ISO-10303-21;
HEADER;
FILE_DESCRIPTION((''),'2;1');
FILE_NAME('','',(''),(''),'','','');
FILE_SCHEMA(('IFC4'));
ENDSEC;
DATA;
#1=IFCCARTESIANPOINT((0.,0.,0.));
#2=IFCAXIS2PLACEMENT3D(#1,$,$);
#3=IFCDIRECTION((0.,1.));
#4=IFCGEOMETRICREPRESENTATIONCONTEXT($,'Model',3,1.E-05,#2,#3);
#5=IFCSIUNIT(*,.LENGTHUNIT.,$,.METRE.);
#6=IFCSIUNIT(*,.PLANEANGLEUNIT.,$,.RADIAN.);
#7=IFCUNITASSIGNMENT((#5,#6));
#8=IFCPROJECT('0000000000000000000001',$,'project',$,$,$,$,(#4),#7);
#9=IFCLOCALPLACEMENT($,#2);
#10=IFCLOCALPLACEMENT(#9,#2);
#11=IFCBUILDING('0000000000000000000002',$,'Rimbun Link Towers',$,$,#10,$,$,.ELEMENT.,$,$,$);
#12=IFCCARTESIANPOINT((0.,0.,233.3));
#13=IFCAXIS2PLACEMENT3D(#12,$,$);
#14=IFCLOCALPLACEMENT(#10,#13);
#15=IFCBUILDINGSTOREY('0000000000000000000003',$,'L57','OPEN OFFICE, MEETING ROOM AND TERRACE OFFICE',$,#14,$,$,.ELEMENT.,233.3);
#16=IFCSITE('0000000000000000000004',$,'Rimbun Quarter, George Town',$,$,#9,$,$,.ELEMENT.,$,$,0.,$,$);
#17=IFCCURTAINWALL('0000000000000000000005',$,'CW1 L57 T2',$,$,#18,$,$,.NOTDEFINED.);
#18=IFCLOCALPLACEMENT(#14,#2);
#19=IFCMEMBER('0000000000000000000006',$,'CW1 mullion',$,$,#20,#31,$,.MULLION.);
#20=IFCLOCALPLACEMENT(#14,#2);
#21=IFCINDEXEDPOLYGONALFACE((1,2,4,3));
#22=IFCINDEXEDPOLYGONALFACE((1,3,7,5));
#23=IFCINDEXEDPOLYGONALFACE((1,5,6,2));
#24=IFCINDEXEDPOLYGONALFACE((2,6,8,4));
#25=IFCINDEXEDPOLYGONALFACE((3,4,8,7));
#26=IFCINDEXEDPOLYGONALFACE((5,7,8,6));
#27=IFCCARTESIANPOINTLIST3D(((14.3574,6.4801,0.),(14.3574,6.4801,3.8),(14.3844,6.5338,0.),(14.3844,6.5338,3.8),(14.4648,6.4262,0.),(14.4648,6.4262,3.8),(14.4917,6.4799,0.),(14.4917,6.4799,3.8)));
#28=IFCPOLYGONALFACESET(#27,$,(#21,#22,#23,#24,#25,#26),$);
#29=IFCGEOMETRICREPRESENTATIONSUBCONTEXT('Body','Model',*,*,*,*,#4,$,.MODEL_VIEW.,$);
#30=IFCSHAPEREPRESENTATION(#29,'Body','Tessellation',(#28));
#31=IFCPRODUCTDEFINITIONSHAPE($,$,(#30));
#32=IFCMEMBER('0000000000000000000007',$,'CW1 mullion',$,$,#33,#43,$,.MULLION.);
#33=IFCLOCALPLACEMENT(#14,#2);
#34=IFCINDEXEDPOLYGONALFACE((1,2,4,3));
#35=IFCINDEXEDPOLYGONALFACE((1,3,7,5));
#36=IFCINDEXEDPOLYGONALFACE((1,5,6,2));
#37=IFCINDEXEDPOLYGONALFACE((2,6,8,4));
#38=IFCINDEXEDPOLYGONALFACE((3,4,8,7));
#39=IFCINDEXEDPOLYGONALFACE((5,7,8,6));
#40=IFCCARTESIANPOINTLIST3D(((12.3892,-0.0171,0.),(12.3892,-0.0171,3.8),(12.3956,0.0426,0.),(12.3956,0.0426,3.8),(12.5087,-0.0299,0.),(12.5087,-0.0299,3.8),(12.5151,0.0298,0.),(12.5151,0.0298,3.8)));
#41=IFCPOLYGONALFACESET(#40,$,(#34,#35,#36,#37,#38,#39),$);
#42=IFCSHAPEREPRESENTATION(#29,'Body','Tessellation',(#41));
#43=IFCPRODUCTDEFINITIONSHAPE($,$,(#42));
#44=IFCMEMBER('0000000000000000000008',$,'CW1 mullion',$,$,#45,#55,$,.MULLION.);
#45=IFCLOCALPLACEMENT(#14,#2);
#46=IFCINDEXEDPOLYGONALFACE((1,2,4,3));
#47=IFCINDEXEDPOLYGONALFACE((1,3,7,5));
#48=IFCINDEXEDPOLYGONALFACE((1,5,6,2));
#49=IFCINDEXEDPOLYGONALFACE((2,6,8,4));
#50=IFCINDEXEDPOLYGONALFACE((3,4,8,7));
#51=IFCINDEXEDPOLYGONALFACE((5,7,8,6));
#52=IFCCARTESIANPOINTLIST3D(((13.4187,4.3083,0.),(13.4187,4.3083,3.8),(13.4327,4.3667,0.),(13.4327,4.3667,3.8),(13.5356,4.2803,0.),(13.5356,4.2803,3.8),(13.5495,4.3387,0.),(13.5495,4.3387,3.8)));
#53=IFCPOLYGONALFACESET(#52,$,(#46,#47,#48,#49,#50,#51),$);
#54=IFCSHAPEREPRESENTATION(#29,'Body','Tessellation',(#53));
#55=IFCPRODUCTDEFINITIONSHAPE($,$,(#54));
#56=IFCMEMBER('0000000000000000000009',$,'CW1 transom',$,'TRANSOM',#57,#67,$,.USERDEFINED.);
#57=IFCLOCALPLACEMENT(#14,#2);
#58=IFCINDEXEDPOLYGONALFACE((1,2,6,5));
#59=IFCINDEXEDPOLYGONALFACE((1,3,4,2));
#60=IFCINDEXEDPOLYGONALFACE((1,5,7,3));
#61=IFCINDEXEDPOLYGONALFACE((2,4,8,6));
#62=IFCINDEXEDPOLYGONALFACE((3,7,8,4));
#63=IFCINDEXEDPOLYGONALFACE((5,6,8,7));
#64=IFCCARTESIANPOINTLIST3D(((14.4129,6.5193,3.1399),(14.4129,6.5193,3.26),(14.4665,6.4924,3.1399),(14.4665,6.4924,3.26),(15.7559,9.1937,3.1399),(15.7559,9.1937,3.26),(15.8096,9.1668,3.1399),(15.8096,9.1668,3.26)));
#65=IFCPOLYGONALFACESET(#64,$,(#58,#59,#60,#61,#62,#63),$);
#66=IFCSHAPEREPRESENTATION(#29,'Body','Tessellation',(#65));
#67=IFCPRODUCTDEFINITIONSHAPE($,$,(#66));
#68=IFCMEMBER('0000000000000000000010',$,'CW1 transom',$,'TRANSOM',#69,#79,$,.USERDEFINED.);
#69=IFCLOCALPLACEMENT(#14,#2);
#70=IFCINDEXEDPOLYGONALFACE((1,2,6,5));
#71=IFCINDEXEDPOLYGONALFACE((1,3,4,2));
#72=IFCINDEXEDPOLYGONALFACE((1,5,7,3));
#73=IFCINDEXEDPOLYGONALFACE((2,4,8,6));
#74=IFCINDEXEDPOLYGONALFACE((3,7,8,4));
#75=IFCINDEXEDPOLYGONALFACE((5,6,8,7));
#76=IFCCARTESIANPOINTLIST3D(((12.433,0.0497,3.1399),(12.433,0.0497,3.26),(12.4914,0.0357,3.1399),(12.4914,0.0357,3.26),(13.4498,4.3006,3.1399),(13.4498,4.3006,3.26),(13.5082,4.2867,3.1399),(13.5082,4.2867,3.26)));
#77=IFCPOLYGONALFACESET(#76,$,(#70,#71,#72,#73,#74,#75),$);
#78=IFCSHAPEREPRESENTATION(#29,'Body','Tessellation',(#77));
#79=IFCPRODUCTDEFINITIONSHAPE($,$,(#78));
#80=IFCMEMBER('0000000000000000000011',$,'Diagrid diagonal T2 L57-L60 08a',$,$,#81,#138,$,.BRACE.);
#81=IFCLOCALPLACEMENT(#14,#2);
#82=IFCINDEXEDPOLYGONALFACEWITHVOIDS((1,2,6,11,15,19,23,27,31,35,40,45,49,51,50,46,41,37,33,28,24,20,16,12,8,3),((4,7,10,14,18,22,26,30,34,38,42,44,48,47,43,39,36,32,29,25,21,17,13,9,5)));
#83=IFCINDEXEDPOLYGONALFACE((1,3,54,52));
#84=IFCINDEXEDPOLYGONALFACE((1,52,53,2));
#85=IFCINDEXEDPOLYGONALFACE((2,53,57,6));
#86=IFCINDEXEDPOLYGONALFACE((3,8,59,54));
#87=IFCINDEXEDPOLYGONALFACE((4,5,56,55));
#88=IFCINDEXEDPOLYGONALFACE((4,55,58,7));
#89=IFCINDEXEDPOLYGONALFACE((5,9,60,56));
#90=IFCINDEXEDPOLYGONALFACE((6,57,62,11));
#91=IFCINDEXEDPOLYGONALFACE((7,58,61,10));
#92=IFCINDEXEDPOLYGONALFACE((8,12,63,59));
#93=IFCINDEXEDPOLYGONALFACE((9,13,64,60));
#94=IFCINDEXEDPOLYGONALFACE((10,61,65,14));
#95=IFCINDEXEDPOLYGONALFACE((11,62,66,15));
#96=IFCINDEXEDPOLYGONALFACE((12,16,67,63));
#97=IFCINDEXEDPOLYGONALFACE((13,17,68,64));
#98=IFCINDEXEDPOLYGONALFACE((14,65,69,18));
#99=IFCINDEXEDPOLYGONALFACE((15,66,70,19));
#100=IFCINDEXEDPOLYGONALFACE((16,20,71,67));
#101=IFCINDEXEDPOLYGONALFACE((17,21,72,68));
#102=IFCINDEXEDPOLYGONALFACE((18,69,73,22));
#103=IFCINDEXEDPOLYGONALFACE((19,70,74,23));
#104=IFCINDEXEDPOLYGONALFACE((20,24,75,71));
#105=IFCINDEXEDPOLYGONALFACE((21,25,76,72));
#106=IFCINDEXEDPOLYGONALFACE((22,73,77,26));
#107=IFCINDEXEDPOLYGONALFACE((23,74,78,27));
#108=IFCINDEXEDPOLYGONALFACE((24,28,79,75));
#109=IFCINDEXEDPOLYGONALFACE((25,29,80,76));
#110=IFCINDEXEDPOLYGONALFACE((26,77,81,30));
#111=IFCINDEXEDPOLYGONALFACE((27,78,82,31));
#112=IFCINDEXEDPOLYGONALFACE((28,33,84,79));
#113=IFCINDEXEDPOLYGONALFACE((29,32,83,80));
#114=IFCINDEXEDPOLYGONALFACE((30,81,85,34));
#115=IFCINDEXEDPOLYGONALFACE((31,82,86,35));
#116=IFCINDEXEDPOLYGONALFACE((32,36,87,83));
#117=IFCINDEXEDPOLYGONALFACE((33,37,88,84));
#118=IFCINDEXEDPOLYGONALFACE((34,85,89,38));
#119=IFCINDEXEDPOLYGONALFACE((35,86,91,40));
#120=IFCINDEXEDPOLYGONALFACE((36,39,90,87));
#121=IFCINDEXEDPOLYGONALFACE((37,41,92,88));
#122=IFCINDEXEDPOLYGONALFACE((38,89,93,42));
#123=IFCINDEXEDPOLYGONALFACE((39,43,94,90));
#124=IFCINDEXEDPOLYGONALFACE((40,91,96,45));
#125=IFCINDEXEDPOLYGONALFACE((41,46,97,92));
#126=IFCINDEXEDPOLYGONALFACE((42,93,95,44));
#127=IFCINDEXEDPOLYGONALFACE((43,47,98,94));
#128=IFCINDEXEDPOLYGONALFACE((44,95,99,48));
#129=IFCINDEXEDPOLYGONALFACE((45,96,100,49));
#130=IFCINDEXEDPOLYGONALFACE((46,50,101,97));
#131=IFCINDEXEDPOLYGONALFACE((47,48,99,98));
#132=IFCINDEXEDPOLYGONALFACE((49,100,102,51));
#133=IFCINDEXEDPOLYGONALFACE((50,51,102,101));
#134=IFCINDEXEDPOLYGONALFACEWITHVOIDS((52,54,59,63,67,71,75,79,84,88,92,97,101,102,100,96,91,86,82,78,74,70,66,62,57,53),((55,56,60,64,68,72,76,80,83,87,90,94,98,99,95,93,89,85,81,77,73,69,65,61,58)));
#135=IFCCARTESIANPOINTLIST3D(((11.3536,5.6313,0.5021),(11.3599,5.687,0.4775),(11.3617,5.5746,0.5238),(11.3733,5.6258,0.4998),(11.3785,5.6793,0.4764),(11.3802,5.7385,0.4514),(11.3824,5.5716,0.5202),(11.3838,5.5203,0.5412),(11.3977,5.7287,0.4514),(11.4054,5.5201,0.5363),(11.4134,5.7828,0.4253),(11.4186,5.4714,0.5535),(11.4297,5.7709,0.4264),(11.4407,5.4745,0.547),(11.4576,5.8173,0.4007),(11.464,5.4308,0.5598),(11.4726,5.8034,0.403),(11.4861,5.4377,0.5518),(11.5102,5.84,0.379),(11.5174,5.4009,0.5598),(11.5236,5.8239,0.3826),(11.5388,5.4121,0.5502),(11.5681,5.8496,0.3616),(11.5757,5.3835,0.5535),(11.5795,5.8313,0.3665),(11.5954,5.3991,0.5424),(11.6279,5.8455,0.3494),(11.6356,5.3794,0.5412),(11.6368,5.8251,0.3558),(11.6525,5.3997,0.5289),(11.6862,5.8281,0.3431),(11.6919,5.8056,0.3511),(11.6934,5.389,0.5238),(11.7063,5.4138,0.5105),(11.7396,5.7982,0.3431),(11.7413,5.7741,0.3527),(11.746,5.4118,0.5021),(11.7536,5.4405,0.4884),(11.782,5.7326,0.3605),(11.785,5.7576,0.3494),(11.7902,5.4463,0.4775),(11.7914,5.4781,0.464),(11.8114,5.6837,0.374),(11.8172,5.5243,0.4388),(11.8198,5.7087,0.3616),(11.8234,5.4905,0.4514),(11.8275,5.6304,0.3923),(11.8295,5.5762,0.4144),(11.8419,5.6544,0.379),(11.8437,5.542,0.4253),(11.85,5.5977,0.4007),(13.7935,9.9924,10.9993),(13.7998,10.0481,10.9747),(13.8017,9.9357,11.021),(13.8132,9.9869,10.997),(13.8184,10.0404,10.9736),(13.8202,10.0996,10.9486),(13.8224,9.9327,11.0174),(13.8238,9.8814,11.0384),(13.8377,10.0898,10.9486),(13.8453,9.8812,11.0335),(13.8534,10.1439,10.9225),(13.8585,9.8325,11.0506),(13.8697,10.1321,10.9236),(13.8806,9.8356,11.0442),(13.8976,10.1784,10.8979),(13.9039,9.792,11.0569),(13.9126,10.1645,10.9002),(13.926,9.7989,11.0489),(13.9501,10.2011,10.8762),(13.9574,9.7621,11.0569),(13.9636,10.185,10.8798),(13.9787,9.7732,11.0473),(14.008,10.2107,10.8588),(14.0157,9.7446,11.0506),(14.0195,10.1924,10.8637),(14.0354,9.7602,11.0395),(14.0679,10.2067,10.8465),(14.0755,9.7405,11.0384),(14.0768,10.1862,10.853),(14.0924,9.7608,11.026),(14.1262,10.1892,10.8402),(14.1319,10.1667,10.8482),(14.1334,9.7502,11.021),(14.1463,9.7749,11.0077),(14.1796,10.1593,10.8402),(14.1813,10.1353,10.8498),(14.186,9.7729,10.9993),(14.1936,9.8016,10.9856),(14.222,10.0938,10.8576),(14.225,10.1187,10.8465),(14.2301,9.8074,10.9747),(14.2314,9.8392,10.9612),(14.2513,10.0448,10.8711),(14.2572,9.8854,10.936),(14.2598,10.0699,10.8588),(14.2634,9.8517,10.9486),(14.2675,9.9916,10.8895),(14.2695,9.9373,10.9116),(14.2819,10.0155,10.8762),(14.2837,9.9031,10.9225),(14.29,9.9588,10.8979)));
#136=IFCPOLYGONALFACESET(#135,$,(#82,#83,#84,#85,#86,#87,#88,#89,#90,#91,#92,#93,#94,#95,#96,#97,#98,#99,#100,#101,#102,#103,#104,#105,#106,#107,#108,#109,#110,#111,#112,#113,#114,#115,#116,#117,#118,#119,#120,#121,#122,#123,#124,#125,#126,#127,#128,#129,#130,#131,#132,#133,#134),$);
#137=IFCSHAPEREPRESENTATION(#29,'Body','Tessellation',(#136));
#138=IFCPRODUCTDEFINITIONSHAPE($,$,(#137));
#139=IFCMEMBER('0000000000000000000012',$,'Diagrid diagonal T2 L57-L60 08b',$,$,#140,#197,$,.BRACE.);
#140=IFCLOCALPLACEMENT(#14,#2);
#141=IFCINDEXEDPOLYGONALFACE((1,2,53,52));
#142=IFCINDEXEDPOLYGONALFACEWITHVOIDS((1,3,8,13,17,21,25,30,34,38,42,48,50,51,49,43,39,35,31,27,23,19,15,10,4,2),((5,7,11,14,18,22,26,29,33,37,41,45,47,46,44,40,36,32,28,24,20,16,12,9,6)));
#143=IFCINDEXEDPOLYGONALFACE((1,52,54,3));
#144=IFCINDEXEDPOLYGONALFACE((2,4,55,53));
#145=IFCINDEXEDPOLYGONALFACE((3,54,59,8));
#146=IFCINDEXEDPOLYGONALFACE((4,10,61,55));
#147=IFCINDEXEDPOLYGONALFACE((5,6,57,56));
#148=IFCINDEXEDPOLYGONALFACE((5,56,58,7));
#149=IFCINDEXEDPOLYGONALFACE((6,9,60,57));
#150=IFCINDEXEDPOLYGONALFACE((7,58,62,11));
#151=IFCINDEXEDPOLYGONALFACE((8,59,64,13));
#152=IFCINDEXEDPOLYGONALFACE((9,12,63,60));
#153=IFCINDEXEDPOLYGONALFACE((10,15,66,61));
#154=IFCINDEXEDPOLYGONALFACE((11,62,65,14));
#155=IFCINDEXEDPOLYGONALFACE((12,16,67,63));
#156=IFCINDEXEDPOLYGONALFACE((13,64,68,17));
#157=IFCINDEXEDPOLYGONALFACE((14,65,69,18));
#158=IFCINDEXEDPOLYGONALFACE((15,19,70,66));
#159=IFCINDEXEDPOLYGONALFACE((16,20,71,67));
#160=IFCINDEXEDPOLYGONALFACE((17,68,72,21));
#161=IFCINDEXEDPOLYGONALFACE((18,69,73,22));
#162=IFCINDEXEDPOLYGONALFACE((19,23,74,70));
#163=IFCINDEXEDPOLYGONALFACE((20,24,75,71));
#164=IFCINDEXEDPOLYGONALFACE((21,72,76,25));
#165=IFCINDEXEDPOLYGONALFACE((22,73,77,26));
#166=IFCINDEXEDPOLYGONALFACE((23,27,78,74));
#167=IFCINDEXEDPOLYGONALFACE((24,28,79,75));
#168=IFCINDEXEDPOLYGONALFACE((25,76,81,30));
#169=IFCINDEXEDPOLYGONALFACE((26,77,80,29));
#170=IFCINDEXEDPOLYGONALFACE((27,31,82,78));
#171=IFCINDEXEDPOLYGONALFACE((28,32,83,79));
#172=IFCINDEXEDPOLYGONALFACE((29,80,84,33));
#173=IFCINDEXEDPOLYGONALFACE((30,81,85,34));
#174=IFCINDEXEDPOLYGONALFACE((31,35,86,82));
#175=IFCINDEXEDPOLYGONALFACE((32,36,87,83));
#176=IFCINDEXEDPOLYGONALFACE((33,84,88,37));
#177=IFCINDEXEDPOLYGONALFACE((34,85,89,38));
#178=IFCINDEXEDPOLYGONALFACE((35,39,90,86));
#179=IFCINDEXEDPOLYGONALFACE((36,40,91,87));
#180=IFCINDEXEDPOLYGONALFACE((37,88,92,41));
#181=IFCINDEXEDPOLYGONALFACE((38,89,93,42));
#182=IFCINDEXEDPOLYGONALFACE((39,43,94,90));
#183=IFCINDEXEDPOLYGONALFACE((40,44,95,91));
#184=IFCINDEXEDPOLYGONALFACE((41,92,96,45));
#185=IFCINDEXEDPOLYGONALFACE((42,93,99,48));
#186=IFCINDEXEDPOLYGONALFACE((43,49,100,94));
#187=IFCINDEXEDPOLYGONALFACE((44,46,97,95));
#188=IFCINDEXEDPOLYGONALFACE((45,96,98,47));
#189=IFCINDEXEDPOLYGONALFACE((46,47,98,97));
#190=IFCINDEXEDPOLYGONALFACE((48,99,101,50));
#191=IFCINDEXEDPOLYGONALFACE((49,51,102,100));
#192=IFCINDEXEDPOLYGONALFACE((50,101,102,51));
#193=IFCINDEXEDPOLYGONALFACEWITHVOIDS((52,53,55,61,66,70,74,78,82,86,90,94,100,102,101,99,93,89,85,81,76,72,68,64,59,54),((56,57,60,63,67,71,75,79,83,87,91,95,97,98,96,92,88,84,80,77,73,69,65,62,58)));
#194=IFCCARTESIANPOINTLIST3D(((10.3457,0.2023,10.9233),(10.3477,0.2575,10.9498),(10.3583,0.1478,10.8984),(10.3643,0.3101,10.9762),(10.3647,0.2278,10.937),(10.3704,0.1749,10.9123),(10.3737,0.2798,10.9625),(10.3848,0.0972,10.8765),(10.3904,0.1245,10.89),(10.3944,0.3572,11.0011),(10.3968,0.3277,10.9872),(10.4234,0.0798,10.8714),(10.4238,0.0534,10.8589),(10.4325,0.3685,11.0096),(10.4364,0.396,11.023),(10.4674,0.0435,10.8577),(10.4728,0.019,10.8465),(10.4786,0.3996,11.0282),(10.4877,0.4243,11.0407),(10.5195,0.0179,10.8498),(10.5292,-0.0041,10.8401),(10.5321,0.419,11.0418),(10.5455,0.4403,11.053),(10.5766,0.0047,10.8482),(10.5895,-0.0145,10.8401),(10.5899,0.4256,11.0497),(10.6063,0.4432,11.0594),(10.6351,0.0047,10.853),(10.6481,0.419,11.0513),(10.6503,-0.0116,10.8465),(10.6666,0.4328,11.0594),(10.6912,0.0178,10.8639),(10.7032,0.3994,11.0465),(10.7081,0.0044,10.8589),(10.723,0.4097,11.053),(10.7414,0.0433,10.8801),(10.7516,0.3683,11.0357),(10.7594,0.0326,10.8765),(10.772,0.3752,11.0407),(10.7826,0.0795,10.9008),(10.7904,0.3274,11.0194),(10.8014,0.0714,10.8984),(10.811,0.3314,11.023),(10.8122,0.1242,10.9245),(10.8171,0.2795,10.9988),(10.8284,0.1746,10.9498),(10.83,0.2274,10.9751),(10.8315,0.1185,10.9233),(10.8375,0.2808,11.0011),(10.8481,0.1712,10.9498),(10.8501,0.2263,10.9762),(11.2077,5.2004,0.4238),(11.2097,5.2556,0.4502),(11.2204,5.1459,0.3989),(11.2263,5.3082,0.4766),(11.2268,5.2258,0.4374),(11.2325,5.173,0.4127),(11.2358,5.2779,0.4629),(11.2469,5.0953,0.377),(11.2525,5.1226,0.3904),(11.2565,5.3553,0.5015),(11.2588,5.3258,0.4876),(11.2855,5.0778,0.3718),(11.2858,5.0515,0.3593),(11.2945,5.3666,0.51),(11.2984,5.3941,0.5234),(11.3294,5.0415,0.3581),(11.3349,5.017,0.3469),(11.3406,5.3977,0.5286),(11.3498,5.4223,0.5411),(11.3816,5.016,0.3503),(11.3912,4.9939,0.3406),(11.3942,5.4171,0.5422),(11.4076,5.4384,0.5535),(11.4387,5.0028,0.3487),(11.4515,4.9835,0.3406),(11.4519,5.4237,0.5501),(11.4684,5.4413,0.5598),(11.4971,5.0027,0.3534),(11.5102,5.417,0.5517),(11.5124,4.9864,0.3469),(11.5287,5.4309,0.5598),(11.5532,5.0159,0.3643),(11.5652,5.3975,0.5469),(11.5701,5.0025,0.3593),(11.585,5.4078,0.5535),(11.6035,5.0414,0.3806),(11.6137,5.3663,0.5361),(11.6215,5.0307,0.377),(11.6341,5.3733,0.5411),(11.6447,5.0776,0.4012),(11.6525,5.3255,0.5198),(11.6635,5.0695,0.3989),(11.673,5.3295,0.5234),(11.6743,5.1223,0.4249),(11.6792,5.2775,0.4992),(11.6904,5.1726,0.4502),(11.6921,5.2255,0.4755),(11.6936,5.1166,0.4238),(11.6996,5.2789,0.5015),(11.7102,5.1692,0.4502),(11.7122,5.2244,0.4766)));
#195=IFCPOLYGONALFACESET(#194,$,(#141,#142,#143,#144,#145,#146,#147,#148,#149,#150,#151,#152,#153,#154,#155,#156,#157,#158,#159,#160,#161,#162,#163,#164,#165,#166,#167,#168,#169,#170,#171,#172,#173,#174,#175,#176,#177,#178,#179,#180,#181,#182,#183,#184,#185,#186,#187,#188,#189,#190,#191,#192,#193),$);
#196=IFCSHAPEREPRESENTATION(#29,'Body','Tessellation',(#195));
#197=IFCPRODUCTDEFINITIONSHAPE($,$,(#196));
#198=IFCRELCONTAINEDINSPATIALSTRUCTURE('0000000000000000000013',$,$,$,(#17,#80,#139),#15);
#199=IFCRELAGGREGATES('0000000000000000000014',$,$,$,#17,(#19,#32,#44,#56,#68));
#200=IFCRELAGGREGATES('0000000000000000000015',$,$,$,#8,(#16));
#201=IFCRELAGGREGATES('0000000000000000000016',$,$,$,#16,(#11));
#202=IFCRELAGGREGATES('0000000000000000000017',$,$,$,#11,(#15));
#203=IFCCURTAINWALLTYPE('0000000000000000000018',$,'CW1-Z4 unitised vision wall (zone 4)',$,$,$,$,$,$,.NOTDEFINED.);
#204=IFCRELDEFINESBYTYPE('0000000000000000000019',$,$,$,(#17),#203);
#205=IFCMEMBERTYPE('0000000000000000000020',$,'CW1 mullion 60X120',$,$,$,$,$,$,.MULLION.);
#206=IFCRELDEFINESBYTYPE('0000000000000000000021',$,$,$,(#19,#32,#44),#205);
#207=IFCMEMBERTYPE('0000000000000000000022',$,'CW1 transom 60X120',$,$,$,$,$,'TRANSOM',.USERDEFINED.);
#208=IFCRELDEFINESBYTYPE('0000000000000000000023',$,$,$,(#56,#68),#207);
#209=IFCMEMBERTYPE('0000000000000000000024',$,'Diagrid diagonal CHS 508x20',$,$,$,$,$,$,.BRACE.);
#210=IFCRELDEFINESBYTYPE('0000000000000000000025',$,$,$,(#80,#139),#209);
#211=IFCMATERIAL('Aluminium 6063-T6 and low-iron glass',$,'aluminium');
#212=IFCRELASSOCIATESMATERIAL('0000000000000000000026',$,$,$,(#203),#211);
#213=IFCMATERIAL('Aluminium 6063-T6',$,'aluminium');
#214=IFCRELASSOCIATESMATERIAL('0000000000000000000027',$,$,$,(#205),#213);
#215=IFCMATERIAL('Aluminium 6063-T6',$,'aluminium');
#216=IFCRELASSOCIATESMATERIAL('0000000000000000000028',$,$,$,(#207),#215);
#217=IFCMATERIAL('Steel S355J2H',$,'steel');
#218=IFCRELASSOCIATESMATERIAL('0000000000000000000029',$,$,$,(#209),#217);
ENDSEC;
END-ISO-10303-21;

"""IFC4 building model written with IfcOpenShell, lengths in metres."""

from ifc_helpers import new_model, si_unit, direction, frame, origin, origin_2d, place, context, subcontext, project, spatial, rectangle, hollow_circle, extrude, material, material_profile, profile_set, type_object, element, aggregate, save


model = new_model("IFC4")

# Units and contexts
model_context = context("Model", 3, precision=1e-05, world=origin(), true_north=direction((0.0, 1.0)))
body_context = subcontext(model_context, "Body", "Model", "MODEL_VIEW")
ifc_project = project(units=[si_unit("LENGTHUNIT", "METRE"), si_unit("PLANEANGLEUNIT", "RADIAN")], contexts=[model_context])

# Site, building, storey
site_placement = place(None, origin())
site = spatial("IfcSite", under=ifc_project, at=site_placement, Name="Rimbun Quarter, George Town", CompositionType="ELEMENT", RefElevation=0.0)
building_placement = place(site_placement, origin())
building = spatial("IfcBuilding", under=site, at=building_placement, Name="Rimbun Link Towers", CompositionType="ELEMENT")
storey_placement = place(building_placement, frame((0.0, 0.0, 233.3)))
storey = spatial("IfcBuildingStorey", under=building, at=storey_placement, Name="L57", Description="OPEN OFFICE, MEETING ROOM AND TERRACE OFFICE", CompositionType="ELEMENT", Elevation=233.3)

# Curtain wall, members
ifc_material_1 = material(Name="Aluminium 6063-T6 and low-iron glass", Category="aluminium")
curtain_wall_type = type_object("IfcCurtainWallType", Name="CW1-Z4 unitised vision wall (zone 4)", PredefinedType="NOTDEFINED", material=ifc_material_1)
curtain_wall_placement = place(storey_placement, origin())
curtain_wall = element("IfcCurtainWall", 1, at=curtain_wall_placement, inside=storey, type_object=curtain_wall_type, Name="CW1 L57 T2", PredefinedType="NOTDEFINED")
ifc_material_2 = material(Name="Aluminium 6063-T6", Category="aluminium")
ifc_material_profile_1 = material_profile(ifc_material_2, rectangle(XDim=0.1201, YDim=0.0601, at=origin_2d()), Name="MULLION 60X120")
ifc_profile_set_1 = profile_set([ifc_material_profile_1], Name="Aluminium 6063-T6")
member_type_1 = type_object("IfcMemberType", Name="CW1 mullion 60X120", PredefinedType="MULLION", material=ifc_profile_set_1)
member_1_placement = place(storey_placement, frame((14.4246, 6.48, 0.0), z_axis=(0.0, 0.0, 1.0), x_axis=(-0.893643, 0.448779, 0.0)))
member_1 = element("IfcMember", 2, at=member_1_placement, type_object=member_type_1, Name="CW1 mullion", PredefinedType="MULLION", context=body_context, shape_type="SweptSolid", body=[
    extrude(rectangle(XDim=0.1201, YDim=0.0601, at=origin_2d()), origin(), (0.0, 0.0, 1.0), 3.8),
])
member_2_placement = place(storey_placement, frame((12.4521, 0.0063, 0.0), z_axis=(0.0, 0.0, 1.0), x_axis=(-0.994298, 0.10664, 0.0)))
member_2 = element("IfcMember", 3, at=member_2_placement, type_object=member_type_1, Name="CW1 mullion", PredefinedType="MULLION", context=body_context, shape_type="SweptSolid", body=[
    extrude(rectangle(XDim=0.1201, YDim=0.0601, at=origin_2d()), origin(), (0.0, 0.0, 1.0), 3.8),
])
member_3_placement = place(storey_placement, frame((13.4841, 4.3235, 0.0), z_axis=(0.0, 0.0, 1.0), x_axis=(-0.972572, 0.232603, 0.0)))
member_3 = element("IfcMember", 4, at=member_3_placement, type_object=member_type_1, Name="CW1 mullion", PredefinedType="MULLION", context=body_context, shape_type="SweptSolid", body=[
    extrude(rectangle(XDim=0.1201, YDim=0.0601, at=origin_2d()), origin(), (0.0, 0.0, 1.0), 3.8),
])
ifc_material_3 = material(Name="Aluminium 6063-T6", Category="aluminium")
ifc_material_profile_2 = material_profile(ifc_material_3, rectangle(XDim=0.0601, YDim=0.1201, at=origin_2d()), Name="TRANSOM 60X120")
ifc_profile_set_2 = profile_set([ifc_material_profile_2], Name="Aluminium 6063-T6")
member_type_2 = type_object("IfcMemberType", Name="CW1 transom 60X120", ElementType="TRANSOM", PredefinedType="USERDEFINED", material=ifc_profile_set_2)
member_4_placement = place(storey_placement, frame((14.4397, 6.5059, 3.2), z_axis=(0.448779, 0.893643, 0.0), x_axis=(-0.893643, 0.448779, 0.0)))
member_4 = element("IfcMember", 5, at=member_4_placement, type_object=member_type_2, Name="CW1 transom", ObjectType="TRANSOM", PredefinedType="USERDEFINED", context=body_context, shape_type="SweptSolid", body=[
    extrude(rectangle(XDim=0.0601, YDim=0.1201, at=origin_2d()), origin(), (0.0, 0.0, 1.0), 2.9927),
])
member_5_placement = place(storey_placement, frame((12.4622, 0.0427, 3.2), z_axis=(0.23264, 0.972563, 0.0), x_axis=(-0.972563, 0.23264, 0.0)))
member_5 = element("IfcMember", 6, at=member_5_placement, type_object=member_type_2, Name="CW1 transom", ObjectType="TRANSOM", PredefinedType="USERDEFINED", context=body_context, shape_type="SweptSolid", body=[
    extrude(rectangle(XDim=0.0601, YDim=0.1201, at=origin_2d()), origin(), (0.0, 0.0, 1.0), 4.3708),
])

# Members
ifc_material_4 = material(Name="Steel S355J2H", Category="steel")
ifc_material_profile_3 = material_profile(ifc_material_4, hollow_circle(Radius=0.2539, WallThickness=0.02, at=origin_2d()), Name="Diagrid diagonal CHS 508x20")
ifc_profile_set_3 = profile_set([ifc_material_profile_3], Name="Steel S355J2H")
member_type_3 = type_object("IfcMemberType", Name="Diagrid diagonal CHS 508x20", PredefinedType="BRACE", material=ifc_profile_set_3)
member_6_placement = place(storey_placement, frame((11.6018, 5.6145, 0.4514), z_axis=(0.209872, 0.375119, 0.902906), x_axis=(-0.872699, 0.488258, 0.0)))
element("IfcMember", 7, at=member_6_placement, inside=storey, type_object=member_type_3, Name="Diagrid diagonal T2 L57-L60 08a", PredefinedType="BRACE", context=body_context, shape_type="SweptSolid", body=[
    extrude(hollow_circle(Radius=0.2539, WallThickness=0.02, at=origin_2d()), origin(), (0.0, 0.0, 1.0), 11.626),
])
member_7_placement = place(storey_placement, frame((11.46, 5.2124, 0.4502), z_axis=(-0.073931, -0.428637, 0.900447), x_axis=(0.985449, -0.16997, 0.0)))
element("IfcMember", 8, at=member_7_placement, inside=storey, type_object=member_type_3, Name="Diagrid diagonal T2 L57-L60 08b", PredefinedType="BRACE", context=body_context, shape_type="SweptSolid", body=[
    extrude(hollow_circle(Radius=0.2539, WallThickness=0.02, at=origin_2d()), origin(), (0.0, 0.0, 1.0), 11.6604),
])

aggregate(curtain_wall, [member_1, member_2, member_3, member_4, member_5])

save(model, "model.ifc")
